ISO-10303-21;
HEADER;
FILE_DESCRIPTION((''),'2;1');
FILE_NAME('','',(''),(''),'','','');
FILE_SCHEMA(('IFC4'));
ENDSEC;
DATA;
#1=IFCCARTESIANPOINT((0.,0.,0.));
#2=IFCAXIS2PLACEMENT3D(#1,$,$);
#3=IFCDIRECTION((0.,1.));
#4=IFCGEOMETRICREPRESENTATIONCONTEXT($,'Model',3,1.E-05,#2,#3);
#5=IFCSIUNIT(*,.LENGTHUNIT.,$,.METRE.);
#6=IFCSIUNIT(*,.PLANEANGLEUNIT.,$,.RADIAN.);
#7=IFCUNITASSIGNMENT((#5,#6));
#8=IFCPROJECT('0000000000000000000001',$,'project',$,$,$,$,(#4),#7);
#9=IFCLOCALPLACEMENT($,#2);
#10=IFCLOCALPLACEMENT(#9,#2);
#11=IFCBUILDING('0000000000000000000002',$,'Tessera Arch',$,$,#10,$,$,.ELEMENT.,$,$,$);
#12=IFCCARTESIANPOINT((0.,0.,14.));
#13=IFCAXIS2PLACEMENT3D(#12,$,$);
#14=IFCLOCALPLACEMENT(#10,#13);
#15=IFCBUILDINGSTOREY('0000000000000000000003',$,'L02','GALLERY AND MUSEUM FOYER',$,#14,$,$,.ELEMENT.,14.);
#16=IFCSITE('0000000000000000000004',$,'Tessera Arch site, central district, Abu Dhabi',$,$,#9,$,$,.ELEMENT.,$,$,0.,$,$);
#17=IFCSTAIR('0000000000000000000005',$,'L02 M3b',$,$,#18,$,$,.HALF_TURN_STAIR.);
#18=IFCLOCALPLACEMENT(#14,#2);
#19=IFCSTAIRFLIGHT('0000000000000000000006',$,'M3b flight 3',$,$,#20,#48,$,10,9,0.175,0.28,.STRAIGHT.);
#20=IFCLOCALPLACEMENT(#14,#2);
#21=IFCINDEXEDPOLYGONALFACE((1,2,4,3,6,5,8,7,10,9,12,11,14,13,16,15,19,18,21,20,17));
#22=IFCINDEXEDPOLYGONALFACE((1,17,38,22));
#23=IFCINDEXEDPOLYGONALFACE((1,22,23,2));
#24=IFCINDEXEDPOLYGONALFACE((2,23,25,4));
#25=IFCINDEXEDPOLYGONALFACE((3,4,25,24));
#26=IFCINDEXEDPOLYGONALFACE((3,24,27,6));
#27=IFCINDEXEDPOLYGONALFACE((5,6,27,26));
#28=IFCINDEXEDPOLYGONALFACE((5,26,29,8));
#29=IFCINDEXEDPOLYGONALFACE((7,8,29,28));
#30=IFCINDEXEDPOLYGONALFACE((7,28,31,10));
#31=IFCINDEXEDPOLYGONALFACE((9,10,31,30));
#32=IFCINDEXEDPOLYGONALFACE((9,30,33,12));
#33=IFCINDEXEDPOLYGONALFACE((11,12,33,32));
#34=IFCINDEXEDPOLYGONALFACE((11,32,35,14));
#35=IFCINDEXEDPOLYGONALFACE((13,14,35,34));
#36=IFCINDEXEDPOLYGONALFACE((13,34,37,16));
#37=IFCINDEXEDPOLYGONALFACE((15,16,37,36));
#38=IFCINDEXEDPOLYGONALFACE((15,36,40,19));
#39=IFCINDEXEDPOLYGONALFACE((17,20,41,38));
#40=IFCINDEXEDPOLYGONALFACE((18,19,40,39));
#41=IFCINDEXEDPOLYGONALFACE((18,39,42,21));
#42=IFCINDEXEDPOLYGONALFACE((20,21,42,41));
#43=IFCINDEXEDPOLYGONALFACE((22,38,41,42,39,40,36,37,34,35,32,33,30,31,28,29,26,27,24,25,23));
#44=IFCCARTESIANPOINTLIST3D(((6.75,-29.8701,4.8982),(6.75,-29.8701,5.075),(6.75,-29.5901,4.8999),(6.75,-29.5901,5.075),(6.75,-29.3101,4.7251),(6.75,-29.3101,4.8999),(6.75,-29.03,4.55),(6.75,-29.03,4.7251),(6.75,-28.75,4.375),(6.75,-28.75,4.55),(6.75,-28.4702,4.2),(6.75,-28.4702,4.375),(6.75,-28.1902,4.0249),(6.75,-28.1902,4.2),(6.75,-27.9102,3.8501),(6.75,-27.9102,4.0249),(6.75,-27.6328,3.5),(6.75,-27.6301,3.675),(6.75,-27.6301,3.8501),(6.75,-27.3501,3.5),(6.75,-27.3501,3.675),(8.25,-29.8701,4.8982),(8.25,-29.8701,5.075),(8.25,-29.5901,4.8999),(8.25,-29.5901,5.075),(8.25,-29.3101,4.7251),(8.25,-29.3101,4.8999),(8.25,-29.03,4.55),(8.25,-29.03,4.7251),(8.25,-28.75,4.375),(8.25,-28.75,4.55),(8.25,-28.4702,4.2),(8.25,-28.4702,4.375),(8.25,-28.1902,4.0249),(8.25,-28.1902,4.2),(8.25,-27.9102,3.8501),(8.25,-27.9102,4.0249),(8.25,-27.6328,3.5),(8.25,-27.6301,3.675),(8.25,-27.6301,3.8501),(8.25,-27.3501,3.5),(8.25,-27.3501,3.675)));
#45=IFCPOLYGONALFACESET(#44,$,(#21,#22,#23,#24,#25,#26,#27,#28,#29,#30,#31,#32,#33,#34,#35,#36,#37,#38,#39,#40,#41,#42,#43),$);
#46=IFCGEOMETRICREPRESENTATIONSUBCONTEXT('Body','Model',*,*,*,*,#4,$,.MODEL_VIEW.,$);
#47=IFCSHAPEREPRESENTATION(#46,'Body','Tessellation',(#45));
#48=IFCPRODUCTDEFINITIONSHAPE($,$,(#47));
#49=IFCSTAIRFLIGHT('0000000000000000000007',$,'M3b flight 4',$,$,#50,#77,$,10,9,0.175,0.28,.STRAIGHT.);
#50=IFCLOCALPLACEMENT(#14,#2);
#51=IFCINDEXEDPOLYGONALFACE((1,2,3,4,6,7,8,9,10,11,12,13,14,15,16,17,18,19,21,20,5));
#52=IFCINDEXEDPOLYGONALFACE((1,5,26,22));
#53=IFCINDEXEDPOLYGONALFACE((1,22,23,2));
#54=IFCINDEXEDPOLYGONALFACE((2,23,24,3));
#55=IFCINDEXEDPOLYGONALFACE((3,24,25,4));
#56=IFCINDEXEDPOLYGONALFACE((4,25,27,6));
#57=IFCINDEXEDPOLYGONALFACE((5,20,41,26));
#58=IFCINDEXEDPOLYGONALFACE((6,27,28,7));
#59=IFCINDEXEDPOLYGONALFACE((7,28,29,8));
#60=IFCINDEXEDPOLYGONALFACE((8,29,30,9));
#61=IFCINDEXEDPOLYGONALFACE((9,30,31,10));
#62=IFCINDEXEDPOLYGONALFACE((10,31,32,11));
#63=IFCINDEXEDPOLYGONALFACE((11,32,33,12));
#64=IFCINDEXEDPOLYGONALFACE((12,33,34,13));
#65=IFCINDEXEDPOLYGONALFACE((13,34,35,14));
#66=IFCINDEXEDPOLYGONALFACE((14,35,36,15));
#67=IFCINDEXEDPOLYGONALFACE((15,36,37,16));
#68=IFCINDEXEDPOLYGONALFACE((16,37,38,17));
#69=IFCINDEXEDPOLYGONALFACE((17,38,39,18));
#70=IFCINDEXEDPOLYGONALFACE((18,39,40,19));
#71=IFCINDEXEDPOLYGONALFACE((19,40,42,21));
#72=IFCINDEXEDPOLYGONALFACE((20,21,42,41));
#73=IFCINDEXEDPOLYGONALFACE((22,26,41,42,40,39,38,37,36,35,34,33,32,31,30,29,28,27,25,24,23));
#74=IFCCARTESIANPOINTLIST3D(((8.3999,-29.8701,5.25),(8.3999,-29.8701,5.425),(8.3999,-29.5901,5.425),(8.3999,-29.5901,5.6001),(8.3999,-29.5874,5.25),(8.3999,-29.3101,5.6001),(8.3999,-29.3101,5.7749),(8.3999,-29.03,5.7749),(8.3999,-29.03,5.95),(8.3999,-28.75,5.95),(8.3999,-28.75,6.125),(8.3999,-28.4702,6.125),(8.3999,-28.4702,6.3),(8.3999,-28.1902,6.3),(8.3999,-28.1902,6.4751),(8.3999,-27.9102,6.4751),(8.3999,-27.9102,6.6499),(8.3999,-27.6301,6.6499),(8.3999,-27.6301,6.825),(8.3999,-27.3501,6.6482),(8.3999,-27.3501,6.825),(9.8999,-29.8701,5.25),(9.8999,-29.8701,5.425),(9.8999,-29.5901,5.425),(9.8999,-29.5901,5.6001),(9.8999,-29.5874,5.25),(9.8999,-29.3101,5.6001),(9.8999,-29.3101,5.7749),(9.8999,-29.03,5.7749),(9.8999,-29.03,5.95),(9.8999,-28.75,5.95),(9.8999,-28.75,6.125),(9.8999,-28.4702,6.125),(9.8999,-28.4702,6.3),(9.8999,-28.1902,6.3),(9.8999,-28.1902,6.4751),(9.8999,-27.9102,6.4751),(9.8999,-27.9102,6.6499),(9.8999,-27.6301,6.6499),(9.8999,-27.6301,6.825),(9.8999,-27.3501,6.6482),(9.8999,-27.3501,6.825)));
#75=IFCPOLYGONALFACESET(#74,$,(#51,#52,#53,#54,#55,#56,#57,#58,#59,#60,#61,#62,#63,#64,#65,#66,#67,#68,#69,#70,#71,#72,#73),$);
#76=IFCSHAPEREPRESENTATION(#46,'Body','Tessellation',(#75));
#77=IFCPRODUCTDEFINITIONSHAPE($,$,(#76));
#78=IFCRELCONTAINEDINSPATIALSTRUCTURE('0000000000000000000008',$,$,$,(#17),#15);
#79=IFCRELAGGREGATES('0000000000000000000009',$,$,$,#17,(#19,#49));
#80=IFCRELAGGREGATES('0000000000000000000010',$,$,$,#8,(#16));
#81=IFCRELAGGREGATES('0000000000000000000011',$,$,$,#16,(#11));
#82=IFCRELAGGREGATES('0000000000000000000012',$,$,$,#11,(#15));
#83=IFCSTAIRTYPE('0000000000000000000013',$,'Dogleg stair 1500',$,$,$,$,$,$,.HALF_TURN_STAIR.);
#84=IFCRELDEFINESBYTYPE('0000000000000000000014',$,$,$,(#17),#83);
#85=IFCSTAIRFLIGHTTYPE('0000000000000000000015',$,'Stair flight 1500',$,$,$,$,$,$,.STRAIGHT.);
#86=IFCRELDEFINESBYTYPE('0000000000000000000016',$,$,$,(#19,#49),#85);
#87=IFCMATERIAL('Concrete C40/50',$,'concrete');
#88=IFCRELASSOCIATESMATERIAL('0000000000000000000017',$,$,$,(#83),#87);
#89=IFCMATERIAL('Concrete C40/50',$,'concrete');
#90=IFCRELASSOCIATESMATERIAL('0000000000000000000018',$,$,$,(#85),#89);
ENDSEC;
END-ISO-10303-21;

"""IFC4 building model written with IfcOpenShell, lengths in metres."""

from ifc_helpers import new_model, si_unit, direction, frame, origin, place, context, subcontext, project, spatial, polyline, outline, extrude, material, type_object, element, aggregate, save


model = new_model("IFC4")

# Units and contexts
model_context = context("Model", 3, precision=1e-05, world=origin(), true_north=direction((0.0, 1.0)))
body_context = subcontext(model_context, "Body", "Model", "MODEL_VIEW")
ifc_project = project(units=[si_unit("LENGTHUNIT", "METRE"), si_unit("PLANEANGLEUNIT", "RADIAN")], contexts=[model_context])

# Site, building, storey
site_placement = place(None, origin())
site = spatial("IfcSite", under=ifc_project, at=site_placement, Name="Tessera Arch site, central district, Abu Dhabi", CompositionType="ELEMENT", RefElevation=0.0)
building_placement = place(site_placement, origin())
building = spatial("IfcBuilding", under=site, at=building_placement, Name="Tessera Arch", CompositionType="ELEMENT")
storey_placement = place(building_placement, frame((0.0, 0.0, 14.0)))
storey = spatial("IfcBuildingStorey", under=building, at=storey_placement, Name="L02", Description="GALLERY AND MUSEUM FOYER", CompositionType="ELEMENT", Elevation=14.0)

# Stair, stair flights
ifc_material_1 = material(Name="Concrete C40/50", Category="concrete")
stair_type = type_object("IfcStairType", Name="Dogleg stair 1500", PredefinedType="HALF_TURN_STAIR", material=ifc_material_1)
ifc_material_2 = material(Name="Concrete C40/50", Category="concrete")
stair_flight_type = type_object("IfcStairFlightType", Name="Stair flight 1500", PredefinedType="STRAIGHT", material=ifc_material_2)
stair_1_placement = place(storey_placement, origin())
stair_1 = element("IfcStair", 1, at=stair_1_placement, inside=storey, type_object=stair_type, Name="L02 M3b", PredefinedType="HALF_TURN_STAIR")
stair_flight_1_placement = place(storey_placement, frame((7.5, -27.3501, 3.5), z_axis=(0.0, 0.0, 1.0), x_axis=(0.0, -1.0, 0.0)))
stair_flight_1 = element("IfcStairFlight", 2, at=stair_flight_1_placement, type_object=stair_flight_type, Name="M3b flight 3", NumberOfRisers=10, NumberOfTreads=9, PredefinedType="STRAIGHT", RiserHeight=0.175, TreadLength=0.28, context=body_context, shape_type="SweptSolid", body=[
    extrude(outline(polyline([(0.0, 0.0), (0.0, 0.175), (0.28, 0.175), (0.28, 0.3501), (0.5601, 0.3501), (0.5601, 0.5249), (0.8401, 0.5249), (0.8401, 0.7), (1.1201, 0.7), (1.1201, 0.875), (1.3999, 0.875), (1.3999, 1.05), (1.6799, 1.05), (1.6799, 1.2251), (1.96, 1.2251), (1.96, 1.3999), (2.24, 1.3999), (2.24, 1.575), (2.52, 1.575), (2.52, 1.75), (2.52, 1.3982), (0.2827, 0.0), (0.0, 0.0)])), frame((0.0, 0.75, 0.0), z_axis=(0.0, -1.0, 0.0), x_axis=(1.0, 0.0, 0.0)), (0.0, 0.0, 1.0), 1.5),
])
stair_flight_2_placement = place(storey_placement, frame((9.1499, -29.8701, 5.25), z_axis=(0.0, 0.0, 1.0), x_axis=(0.0, 1.0, 0.0)))
stair_flight_2 = element("IfcStairFlight", 3, at=stair_flight_2_placement, type_object=stair_flight_type, Name="M3b flight 4", NumberOfRisers=10, NumberOfTreads=9, PredefinedType="STRAIGHT", RiserHeight=0.175, TreadLength=0.28, context=body_context, shape_type="SweptSolid", body=[
    extrude(outline(polyline([(0.0, 0.0), (0.0, 0.175), (0.28, 0.175), (0.28, 0.3501), (0.5601, 0.3501), (0.5601, 0.5249), (0.8401, 0.5249), (0.8401, 0.7), (1.1201, 0.7), (1.1201, 0.875), (1.3999, 0.875), (1.3999, 1.05), (1.6799, 1.05), (1.6799, 1.2251), (1.96, 1.2251), (1.96, 1.3999), (2.24, 1.3999), (2.24, 1.575), (2.52, 1.575), (2.52, 1.75), (2.52, 1.3982), (0.2827, 0.0), (0.0, 0.0)])), frame((0.0, 0.75, 0.0), z_axis=(0.0, -1.0, 0.0), x_axis=(1.0, 0.0, 0.0)), (0.0, 0.0, 1.0), 1.5),
])
aggregate(stair_1, [stair_flight_1, stair_flight_2])

save(model, "model.ifc")
